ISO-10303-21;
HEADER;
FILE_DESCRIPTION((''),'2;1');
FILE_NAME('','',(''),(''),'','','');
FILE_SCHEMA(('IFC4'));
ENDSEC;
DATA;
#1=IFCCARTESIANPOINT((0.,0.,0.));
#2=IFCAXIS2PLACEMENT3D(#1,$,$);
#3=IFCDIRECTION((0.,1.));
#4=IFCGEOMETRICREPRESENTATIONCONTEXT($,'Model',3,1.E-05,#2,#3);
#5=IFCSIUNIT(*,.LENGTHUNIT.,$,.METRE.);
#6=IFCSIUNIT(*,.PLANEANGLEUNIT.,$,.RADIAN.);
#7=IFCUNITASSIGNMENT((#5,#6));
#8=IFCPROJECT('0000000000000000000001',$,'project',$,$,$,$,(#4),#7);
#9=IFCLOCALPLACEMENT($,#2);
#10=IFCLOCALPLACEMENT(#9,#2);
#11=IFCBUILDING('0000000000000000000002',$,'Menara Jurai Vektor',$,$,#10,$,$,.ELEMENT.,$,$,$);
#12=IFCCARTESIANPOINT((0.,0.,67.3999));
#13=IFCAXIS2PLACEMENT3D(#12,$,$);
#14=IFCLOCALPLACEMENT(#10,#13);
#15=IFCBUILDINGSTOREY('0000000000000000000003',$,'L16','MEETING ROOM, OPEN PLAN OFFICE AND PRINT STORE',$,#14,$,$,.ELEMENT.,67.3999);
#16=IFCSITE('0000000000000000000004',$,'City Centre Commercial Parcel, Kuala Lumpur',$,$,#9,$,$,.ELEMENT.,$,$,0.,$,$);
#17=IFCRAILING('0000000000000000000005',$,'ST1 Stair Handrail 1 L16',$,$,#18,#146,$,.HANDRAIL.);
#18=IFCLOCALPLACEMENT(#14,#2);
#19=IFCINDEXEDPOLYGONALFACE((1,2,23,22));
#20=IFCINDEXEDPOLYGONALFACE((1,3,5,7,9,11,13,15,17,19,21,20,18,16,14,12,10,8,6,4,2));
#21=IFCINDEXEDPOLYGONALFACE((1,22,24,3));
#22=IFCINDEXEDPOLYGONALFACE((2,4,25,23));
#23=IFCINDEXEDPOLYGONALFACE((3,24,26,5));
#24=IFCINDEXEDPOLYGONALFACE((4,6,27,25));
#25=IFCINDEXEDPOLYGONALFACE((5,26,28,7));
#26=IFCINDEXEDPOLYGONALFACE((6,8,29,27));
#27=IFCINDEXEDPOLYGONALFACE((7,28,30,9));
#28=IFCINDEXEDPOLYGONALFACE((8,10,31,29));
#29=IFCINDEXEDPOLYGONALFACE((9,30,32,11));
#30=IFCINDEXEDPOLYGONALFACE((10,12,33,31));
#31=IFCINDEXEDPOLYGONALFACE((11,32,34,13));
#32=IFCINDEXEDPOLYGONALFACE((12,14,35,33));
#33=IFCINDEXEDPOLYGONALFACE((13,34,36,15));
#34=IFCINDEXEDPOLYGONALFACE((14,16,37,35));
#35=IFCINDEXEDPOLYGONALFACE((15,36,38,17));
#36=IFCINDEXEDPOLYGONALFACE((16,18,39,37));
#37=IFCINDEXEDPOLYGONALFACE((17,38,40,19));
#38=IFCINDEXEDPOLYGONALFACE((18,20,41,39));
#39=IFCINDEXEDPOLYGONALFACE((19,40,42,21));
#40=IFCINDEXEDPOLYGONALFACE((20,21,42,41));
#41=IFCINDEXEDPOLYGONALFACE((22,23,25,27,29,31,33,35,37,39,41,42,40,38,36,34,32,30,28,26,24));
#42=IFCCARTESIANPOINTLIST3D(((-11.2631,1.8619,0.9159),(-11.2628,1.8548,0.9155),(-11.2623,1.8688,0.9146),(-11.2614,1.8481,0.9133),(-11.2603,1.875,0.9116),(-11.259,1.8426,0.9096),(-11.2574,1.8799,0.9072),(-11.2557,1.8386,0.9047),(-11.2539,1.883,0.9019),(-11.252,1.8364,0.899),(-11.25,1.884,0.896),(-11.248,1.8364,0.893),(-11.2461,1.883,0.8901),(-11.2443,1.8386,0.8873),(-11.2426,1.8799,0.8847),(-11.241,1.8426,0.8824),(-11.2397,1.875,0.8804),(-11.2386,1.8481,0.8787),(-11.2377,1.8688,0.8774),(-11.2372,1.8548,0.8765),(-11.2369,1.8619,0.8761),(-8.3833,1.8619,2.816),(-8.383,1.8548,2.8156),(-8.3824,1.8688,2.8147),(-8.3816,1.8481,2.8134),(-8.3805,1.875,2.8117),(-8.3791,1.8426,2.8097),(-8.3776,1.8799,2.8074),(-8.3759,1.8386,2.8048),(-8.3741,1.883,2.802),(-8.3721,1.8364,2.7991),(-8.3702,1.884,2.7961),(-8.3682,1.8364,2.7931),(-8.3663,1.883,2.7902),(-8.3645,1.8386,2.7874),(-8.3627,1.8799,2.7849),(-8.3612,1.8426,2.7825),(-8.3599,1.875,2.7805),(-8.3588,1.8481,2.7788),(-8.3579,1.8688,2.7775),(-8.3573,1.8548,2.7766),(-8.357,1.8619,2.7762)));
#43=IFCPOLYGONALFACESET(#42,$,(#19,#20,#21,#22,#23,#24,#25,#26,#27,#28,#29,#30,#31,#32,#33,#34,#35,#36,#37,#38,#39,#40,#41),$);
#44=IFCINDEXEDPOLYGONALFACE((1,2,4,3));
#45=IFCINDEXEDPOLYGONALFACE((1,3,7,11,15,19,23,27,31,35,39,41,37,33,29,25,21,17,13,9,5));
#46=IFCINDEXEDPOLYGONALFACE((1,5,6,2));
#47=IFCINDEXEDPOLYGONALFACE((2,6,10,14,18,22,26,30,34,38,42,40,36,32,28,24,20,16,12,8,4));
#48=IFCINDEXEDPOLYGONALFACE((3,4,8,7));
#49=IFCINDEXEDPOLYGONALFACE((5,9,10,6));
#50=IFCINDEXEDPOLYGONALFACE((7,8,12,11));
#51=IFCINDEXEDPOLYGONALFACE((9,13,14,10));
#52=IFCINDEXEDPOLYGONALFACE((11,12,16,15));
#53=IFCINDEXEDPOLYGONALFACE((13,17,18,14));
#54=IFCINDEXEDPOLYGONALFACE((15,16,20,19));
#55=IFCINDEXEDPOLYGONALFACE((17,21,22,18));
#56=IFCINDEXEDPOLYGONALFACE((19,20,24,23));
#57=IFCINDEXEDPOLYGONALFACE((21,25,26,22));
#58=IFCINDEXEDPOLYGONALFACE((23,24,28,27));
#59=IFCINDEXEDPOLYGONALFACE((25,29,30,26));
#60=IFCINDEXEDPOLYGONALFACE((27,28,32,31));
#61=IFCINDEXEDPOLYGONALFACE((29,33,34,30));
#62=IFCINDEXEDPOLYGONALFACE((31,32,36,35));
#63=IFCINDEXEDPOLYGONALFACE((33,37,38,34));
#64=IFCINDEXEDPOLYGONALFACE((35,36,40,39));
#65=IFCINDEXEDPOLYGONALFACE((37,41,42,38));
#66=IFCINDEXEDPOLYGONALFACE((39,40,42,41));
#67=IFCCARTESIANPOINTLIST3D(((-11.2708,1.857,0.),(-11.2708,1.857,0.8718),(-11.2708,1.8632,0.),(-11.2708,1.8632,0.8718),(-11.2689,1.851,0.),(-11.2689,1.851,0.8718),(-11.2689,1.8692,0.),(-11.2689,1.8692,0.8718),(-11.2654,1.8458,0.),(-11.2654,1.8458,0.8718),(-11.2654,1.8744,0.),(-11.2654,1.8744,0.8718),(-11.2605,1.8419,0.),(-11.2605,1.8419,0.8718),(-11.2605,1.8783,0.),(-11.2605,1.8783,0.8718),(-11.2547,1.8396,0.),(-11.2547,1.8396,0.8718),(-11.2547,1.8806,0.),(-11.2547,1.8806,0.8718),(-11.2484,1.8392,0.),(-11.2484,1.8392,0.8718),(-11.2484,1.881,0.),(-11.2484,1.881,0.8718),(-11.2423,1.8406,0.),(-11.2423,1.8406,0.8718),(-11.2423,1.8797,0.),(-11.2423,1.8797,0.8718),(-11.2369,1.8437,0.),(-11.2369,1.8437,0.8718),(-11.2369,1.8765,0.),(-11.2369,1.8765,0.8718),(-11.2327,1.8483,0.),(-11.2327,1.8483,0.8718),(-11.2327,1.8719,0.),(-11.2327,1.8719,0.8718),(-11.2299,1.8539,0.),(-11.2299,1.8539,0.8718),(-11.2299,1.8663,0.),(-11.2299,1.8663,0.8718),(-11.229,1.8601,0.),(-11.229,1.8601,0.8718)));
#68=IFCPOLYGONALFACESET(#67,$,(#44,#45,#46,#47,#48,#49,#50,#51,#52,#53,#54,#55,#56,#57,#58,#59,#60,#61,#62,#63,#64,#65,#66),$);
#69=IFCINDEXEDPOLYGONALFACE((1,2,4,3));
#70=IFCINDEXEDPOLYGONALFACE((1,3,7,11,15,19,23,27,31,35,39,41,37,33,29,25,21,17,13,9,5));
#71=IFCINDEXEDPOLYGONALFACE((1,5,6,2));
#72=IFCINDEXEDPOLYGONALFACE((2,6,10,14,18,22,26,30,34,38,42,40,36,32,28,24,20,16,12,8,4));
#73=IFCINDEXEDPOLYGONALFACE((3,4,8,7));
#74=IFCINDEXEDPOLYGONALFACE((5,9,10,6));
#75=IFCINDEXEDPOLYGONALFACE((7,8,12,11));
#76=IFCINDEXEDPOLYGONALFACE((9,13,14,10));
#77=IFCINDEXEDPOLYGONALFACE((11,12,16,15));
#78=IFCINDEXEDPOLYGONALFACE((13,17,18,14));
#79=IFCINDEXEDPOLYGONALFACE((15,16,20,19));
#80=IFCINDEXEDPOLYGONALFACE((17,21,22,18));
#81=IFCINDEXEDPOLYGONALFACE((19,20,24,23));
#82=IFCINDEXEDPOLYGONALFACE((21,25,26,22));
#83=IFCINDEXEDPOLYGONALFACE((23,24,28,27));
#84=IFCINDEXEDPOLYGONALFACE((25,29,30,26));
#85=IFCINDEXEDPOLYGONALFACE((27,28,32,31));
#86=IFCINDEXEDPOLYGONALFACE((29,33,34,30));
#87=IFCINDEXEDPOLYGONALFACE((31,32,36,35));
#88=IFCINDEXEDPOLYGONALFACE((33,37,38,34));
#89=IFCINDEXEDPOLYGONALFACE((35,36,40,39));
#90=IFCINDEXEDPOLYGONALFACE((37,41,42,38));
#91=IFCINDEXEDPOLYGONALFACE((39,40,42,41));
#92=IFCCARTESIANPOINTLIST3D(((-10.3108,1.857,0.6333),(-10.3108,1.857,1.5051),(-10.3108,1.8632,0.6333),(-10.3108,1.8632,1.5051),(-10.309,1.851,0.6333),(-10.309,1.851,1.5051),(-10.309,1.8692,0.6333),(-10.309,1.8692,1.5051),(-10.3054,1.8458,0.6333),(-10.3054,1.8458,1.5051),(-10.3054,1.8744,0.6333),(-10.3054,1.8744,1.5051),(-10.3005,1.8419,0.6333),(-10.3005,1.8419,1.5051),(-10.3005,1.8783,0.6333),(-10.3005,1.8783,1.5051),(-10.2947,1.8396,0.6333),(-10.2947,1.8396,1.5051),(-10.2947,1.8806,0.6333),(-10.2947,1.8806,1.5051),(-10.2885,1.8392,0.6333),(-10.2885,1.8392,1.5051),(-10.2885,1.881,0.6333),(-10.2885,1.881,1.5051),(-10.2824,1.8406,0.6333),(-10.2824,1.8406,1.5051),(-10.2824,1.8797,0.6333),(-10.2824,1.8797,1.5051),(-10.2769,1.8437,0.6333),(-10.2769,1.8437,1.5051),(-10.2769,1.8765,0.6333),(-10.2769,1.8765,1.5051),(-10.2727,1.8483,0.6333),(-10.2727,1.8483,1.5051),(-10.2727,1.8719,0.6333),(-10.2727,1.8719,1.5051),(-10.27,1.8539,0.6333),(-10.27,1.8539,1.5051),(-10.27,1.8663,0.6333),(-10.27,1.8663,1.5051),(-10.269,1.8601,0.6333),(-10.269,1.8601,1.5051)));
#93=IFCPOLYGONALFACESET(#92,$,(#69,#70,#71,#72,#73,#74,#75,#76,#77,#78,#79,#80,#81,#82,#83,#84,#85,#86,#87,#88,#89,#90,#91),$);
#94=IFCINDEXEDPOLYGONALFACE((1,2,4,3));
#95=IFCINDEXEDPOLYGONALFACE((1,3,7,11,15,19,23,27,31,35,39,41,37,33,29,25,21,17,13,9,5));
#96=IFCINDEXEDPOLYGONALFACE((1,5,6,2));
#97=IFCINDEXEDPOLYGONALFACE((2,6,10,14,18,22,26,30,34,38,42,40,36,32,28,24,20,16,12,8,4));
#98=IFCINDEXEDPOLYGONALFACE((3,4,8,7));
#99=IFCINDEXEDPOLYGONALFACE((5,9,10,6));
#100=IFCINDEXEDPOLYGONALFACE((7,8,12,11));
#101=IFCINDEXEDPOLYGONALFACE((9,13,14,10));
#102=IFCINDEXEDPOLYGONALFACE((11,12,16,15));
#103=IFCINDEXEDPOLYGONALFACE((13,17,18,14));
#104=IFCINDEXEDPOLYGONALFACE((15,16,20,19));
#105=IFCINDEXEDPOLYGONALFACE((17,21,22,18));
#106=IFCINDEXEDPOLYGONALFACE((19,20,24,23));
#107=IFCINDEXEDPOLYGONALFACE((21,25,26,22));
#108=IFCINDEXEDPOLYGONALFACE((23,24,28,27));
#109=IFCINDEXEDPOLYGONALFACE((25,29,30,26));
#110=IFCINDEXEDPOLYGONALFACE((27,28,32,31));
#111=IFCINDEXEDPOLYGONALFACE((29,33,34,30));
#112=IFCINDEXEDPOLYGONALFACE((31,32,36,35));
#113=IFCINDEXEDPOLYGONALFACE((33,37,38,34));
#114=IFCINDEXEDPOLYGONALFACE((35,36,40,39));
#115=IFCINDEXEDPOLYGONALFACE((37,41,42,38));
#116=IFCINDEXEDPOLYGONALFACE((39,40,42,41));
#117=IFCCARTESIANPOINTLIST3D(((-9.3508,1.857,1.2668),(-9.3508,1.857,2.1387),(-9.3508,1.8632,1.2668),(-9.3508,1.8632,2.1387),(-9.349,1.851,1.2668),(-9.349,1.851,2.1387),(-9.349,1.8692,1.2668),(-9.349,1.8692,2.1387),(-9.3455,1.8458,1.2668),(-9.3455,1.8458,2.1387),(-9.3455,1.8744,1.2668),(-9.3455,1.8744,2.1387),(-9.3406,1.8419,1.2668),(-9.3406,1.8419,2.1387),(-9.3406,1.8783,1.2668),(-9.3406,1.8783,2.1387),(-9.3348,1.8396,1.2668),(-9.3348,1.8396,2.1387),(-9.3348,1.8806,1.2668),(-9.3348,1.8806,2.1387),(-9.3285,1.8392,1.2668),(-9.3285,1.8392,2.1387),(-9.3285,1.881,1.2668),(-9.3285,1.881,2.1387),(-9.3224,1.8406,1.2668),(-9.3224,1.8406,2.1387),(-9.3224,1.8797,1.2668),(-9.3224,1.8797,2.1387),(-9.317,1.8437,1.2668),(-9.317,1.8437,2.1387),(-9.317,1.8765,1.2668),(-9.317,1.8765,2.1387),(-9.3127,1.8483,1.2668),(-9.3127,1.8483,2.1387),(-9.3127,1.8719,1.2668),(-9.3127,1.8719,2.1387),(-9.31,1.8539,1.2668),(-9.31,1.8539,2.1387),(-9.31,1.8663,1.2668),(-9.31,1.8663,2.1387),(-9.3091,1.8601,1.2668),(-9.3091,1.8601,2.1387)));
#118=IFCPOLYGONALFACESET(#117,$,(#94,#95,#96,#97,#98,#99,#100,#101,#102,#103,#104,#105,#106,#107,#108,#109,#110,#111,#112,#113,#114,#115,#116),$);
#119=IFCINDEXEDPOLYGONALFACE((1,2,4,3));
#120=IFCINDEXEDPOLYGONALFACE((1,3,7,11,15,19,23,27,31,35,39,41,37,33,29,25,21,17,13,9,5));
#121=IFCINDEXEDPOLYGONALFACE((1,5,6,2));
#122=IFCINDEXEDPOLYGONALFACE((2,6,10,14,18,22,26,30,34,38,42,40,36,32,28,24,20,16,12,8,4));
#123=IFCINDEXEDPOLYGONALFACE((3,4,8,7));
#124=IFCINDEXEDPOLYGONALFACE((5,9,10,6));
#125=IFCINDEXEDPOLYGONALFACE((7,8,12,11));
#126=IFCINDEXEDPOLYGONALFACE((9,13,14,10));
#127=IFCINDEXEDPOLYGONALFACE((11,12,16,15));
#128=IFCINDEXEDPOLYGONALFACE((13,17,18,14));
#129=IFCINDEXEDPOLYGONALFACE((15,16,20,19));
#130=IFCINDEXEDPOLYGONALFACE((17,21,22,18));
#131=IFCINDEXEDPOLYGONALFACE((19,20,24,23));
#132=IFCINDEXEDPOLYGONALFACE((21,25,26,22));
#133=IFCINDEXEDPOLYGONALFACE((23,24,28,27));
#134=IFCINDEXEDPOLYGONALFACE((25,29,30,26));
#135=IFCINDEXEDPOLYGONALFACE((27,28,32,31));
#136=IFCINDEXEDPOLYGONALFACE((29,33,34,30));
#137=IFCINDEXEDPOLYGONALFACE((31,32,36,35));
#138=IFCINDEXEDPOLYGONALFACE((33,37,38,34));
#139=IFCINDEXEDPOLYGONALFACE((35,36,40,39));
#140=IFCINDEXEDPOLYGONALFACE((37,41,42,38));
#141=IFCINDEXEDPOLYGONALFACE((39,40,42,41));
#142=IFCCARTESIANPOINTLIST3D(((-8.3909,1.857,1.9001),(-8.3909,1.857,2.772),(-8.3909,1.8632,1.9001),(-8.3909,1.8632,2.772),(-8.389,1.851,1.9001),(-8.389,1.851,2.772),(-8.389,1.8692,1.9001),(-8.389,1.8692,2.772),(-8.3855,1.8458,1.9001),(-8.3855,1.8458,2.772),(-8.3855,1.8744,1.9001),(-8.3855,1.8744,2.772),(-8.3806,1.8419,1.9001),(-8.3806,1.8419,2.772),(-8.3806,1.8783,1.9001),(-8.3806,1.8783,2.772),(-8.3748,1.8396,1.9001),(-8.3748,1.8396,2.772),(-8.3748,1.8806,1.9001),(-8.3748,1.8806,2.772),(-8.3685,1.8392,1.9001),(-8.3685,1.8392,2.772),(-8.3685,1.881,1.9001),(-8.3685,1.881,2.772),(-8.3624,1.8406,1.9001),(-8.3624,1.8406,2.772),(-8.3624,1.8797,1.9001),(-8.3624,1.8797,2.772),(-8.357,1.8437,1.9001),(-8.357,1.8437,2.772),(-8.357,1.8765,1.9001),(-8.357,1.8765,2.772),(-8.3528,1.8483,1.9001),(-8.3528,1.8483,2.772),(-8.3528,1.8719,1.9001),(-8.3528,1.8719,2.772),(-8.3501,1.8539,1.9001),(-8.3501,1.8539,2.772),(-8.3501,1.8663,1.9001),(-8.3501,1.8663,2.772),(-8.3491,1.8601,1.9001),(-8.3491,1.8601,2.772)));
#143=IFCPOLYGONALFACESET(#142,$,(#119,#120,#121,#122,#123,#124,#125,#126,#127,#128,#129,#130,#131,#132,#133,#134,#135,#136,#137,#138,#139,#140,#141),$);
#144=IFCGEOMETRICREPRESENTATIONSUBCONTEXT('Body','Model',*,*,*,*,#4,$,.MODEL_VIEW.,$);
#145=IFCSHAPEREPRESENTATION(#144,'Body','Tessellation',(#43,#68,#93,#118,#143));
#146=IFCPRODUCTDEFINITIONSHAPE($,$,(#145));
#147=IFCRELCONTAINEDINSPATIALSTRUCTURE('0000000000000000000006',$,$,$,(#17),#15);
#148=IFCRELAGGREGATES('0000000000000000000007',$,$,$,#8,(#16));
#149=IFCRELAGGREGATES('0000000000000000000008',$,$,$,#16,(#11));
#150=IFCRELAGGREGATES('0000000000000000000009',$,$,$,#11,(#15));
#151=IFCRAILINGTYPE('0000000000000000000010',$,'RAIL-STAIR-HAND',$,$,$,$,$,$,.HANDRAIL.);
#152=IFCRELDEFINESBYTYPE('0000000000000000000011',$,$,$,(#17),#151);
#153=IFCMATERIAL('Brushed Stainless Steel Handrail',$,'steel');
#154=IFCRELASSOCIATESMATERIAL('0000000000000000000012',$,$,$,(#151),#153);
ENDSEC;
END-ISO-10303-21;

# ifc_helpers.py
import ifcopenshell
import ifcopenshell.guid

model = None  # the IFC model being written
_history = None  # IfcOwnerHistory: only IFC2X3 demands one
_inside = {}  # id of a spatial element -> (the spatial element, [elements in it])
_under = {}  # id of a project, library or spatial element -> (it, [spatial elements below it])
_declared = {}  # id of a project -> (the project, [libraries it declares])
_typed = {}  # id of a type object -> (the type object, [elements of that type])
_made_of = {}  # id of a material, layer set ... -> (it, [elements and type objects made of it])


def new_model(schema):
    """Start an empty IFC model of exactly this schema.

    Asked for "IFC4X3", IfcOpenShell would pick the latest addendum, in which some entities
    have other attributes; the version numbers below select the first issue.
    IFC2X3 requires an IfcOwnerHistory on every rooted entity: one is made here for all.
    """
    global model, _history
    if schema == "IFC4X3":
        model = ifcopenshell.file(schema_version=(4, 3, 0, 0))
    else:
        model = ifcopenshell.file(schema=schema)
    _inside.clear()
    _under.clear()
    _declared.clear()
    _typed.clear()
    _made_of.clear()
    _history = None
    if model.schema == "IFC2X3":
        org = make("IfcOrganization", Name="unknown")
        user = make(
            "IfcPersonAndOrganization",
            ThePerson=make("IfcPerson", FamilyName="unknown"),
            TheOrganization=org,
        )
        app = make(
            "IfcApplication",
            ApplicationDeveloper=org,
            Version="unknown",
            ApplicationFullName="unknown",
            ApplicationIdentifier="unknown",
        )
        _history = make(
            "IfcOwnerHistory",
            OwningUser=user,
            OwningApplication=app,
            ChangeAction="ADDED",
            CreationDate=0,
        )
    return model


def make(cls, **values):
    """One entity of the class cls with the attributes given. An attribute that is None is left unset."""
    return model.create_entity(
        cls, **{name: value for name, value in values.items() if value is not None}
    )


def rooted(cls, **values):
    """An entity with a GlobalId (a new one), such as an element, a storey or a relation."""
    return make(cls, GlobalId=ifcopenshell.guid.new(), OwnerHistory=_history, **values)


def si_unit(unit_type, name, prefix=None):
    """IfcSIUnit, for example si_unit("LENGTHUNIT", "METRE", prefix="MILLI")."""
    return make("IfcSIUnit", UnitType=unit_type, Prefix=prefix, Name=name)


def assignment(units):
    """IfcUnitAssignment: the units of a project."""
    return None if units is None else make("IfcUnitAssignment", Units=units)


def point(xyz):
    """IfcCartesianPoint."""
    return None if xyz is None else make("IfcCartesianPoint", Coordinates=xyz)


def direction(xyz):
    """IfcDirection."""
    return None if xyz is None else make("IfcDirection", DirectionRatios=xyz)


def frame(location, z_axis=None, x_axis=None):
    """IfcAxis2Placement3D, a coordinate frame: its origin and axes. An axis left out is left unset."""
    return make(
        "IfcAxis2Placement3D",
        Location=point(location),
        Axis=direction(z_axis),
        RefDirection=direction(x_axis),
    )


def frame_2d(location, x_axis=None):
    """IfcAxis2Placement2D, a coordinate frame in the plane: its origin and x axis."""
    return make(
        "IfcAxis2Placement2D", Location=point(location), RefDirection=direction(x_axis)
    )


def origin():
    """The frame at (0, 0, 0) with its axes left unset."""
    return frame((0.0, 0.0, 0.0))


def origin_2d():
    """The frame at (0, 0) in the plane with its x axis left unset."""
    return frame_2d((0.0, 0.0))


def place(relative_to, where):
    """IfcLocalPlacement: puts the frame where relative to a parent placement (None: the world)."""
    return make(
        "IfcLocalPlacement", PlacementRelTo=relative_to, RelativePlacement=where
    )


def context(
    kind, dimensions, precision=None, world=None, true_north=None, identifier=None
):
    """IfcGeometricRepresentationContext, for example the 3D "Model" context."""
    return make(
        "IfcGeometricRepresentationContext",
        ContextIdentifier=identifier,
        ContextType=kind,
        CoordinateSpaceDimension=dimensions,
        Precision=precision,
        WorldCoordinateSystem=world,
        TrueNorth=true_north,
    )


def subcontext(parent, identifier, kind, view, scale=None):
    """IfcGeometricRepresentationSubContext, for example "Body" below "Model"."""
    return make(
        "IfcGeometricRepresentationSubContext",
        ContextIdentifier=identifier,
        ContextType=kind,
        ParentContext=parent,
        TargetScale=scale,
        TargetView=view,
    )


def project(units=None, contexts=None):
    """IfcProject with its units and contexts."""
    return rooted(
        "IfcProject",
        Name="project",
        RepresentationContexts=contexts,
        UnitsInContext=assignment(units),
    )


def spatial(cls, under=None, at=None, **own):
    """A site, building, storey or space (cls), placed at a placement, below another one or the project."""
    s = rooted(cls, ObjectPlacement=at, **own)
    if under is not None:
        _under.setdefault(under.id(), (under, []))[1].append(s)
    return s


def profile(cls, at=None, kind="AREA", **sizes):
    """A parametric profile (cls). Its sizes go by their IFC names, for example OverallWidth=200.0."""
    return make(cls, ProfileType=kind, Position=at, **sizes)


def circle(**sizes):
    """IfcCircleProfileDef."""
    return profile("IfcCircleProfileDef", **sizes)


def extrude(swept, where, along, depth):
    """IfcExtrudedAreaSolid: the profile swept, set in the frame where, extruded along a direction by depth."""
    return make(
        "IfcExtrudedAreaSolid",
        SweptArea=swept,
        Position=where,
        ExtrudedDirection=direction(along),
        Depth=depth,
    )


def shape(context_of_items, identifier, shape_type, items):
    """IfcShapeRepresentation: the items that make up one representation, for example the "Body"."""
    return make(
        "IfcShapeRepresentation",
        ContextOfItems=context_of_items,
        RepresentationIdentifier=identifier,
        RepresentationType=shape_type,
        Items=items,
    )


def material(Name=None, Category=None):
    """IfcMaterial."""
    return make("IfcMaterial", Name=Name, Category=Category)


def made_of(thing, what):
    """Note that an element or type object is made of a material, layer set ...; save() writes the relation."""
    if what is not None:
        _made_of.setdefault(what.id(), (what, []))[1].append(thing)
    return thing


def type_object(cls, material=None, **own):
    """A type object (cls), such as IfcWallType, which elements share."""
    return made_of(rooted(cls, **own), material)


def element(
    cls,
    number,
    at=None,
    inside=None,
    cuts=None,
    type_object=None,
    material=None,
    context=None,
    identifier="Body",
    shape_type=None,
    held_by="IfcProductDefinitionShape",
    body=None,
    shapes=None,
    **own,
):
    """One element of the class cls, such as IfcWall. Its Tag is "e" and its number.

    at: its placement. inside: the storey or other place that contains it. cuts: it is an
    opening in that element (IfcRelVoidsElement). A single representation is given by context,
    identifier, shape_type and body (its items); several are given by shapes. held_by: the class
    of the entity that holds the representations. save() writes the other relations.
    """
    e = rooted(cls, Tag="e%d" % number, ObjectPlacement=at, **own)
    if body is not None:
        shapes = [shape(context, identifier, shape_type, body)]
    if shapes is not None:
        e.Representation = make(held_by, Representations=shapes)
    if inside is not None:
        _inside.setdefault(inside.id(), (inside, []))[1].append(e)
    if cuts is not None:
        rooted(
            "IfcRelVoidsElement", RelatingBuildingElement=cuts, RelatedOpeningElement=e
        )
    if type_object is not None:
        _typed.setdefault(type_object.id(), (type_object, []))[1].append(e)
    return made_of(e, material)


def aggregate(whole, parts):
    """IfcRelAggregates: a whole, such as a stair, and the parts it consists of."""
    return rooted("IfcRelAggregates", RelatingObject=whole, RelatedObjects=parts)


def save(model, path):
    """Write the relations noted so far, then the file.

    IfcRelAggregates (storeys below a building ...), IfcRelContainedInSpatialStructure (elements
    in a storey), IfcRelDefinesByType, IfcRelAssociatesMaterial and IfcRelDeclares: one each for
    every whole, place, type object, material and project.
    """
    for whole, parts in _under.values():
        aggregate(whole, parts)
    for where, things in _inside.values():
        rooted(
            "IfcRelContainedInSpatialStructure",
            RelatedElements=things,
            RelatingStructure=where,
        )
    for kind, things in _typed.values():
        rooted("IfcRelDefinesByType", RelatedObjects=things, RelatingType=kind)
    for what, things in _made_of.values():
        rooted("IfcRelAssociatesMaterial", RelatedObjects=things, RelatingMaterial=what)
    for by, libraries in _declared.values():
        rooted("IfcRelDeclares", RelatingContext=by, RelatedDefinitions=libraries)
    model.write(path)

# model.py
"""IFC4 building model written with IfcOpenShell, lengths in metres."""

from ifc_helpers import new_model, si_unit, direction, frame, origin, origin_2d, place, context, subcontext, project, spatial, circle, extrude, material, type_object, element, save


model = new_model("IFC4")

# Units and contexts
model_context = context("Model", 3, precision=1e-05, world=origin(), true_north=direction((0.0, 1.0)))
body_context = subcontext(model_context, "Body", "Model", "MODEL_VIEW")
ifc_project = project(units=[si_unit("LENGTHUNIT", "METRE"), si_unit("PLANEANGLEUNIT", "RADIAN")], contexts=[model_context])

# Site, building, storey
site_placement = place(None, origin())
site = spatial("IfcSite", under=ifc_project, at=site_placement, Name="City Centre Commercial Parcel, Kuala Lumpur", CompositionType="ELEMENT", RefElevation=0.0)
building_placement = place(site_placement, origin())
building = spatial("IfcBuilding", under=site, at=building_placement, Name="Menara Jurai Vektor", CompositionType="ELEMENT")
storey_placement = place(building_placement, frame((0.0, 0.0, 67.3999)))
storey = spatial("IfcBuildingStorey", under=building, at=storey_placement, Name="L16", Description="MEETING ROOM, OPEN PLAN OFFICE AND PRINT STORE", CompositionType="ELEMENT", Elevation=67.3999)

# Railing
ifc_material_1 = material(Name="Brushed Stainless Steel Handrail", Category="steel")
railing_type_1 = type_object("IfcRailingType", Name="RAIL-STAIR-HAND", PredefinedType="HANDRAIL", material=ifc_material_1)
railing_1_placement = place(storey_placement, frame((-11.25, 1.8601, 0.0)))
element("IfcRailing", 1, at=railing_1_placement, inside=storey, type_object=railing_type_1, Name="ST1 Stair Handrail 1 L16", PredefinedType="HANDRAIL", context=body_context, shape_type="SweptSolid", body=[
    extrude(circle(Radius=0.0239, at=origin_2d()), frame((0.0, 0.0, 0.896), z_axis=(0.834686, 0.0, 0.550726), x_axis=(0.0, 1.0, 0.0)), (0.0, 0.0, 1.0), 3.4502),
    extrude(circle(Radius=0.021, at=origin_2d()), origin(), (0.0, 0.0, 1.0), 0.8718),
    extrude(circle(Radius=0.021, at=origin_2d()), frame((0.96, 0.0, 0.6333)), (0.0, 0.0, 1.0), 0.8718),
    extrude(circle(Radius=0.021, at=origin_2d()), frame((1.9199, 0.0, 1.2668)), (0.0, 0.0, 1.0), 0.8718),
    extrude(circle(Radius=0.021, at=origin_2d()), frame((2.8799, 0.0, 1.9001)), (0.0, 0.0, 1.0), 0.8718),
])

save(model, "model.ifc")
